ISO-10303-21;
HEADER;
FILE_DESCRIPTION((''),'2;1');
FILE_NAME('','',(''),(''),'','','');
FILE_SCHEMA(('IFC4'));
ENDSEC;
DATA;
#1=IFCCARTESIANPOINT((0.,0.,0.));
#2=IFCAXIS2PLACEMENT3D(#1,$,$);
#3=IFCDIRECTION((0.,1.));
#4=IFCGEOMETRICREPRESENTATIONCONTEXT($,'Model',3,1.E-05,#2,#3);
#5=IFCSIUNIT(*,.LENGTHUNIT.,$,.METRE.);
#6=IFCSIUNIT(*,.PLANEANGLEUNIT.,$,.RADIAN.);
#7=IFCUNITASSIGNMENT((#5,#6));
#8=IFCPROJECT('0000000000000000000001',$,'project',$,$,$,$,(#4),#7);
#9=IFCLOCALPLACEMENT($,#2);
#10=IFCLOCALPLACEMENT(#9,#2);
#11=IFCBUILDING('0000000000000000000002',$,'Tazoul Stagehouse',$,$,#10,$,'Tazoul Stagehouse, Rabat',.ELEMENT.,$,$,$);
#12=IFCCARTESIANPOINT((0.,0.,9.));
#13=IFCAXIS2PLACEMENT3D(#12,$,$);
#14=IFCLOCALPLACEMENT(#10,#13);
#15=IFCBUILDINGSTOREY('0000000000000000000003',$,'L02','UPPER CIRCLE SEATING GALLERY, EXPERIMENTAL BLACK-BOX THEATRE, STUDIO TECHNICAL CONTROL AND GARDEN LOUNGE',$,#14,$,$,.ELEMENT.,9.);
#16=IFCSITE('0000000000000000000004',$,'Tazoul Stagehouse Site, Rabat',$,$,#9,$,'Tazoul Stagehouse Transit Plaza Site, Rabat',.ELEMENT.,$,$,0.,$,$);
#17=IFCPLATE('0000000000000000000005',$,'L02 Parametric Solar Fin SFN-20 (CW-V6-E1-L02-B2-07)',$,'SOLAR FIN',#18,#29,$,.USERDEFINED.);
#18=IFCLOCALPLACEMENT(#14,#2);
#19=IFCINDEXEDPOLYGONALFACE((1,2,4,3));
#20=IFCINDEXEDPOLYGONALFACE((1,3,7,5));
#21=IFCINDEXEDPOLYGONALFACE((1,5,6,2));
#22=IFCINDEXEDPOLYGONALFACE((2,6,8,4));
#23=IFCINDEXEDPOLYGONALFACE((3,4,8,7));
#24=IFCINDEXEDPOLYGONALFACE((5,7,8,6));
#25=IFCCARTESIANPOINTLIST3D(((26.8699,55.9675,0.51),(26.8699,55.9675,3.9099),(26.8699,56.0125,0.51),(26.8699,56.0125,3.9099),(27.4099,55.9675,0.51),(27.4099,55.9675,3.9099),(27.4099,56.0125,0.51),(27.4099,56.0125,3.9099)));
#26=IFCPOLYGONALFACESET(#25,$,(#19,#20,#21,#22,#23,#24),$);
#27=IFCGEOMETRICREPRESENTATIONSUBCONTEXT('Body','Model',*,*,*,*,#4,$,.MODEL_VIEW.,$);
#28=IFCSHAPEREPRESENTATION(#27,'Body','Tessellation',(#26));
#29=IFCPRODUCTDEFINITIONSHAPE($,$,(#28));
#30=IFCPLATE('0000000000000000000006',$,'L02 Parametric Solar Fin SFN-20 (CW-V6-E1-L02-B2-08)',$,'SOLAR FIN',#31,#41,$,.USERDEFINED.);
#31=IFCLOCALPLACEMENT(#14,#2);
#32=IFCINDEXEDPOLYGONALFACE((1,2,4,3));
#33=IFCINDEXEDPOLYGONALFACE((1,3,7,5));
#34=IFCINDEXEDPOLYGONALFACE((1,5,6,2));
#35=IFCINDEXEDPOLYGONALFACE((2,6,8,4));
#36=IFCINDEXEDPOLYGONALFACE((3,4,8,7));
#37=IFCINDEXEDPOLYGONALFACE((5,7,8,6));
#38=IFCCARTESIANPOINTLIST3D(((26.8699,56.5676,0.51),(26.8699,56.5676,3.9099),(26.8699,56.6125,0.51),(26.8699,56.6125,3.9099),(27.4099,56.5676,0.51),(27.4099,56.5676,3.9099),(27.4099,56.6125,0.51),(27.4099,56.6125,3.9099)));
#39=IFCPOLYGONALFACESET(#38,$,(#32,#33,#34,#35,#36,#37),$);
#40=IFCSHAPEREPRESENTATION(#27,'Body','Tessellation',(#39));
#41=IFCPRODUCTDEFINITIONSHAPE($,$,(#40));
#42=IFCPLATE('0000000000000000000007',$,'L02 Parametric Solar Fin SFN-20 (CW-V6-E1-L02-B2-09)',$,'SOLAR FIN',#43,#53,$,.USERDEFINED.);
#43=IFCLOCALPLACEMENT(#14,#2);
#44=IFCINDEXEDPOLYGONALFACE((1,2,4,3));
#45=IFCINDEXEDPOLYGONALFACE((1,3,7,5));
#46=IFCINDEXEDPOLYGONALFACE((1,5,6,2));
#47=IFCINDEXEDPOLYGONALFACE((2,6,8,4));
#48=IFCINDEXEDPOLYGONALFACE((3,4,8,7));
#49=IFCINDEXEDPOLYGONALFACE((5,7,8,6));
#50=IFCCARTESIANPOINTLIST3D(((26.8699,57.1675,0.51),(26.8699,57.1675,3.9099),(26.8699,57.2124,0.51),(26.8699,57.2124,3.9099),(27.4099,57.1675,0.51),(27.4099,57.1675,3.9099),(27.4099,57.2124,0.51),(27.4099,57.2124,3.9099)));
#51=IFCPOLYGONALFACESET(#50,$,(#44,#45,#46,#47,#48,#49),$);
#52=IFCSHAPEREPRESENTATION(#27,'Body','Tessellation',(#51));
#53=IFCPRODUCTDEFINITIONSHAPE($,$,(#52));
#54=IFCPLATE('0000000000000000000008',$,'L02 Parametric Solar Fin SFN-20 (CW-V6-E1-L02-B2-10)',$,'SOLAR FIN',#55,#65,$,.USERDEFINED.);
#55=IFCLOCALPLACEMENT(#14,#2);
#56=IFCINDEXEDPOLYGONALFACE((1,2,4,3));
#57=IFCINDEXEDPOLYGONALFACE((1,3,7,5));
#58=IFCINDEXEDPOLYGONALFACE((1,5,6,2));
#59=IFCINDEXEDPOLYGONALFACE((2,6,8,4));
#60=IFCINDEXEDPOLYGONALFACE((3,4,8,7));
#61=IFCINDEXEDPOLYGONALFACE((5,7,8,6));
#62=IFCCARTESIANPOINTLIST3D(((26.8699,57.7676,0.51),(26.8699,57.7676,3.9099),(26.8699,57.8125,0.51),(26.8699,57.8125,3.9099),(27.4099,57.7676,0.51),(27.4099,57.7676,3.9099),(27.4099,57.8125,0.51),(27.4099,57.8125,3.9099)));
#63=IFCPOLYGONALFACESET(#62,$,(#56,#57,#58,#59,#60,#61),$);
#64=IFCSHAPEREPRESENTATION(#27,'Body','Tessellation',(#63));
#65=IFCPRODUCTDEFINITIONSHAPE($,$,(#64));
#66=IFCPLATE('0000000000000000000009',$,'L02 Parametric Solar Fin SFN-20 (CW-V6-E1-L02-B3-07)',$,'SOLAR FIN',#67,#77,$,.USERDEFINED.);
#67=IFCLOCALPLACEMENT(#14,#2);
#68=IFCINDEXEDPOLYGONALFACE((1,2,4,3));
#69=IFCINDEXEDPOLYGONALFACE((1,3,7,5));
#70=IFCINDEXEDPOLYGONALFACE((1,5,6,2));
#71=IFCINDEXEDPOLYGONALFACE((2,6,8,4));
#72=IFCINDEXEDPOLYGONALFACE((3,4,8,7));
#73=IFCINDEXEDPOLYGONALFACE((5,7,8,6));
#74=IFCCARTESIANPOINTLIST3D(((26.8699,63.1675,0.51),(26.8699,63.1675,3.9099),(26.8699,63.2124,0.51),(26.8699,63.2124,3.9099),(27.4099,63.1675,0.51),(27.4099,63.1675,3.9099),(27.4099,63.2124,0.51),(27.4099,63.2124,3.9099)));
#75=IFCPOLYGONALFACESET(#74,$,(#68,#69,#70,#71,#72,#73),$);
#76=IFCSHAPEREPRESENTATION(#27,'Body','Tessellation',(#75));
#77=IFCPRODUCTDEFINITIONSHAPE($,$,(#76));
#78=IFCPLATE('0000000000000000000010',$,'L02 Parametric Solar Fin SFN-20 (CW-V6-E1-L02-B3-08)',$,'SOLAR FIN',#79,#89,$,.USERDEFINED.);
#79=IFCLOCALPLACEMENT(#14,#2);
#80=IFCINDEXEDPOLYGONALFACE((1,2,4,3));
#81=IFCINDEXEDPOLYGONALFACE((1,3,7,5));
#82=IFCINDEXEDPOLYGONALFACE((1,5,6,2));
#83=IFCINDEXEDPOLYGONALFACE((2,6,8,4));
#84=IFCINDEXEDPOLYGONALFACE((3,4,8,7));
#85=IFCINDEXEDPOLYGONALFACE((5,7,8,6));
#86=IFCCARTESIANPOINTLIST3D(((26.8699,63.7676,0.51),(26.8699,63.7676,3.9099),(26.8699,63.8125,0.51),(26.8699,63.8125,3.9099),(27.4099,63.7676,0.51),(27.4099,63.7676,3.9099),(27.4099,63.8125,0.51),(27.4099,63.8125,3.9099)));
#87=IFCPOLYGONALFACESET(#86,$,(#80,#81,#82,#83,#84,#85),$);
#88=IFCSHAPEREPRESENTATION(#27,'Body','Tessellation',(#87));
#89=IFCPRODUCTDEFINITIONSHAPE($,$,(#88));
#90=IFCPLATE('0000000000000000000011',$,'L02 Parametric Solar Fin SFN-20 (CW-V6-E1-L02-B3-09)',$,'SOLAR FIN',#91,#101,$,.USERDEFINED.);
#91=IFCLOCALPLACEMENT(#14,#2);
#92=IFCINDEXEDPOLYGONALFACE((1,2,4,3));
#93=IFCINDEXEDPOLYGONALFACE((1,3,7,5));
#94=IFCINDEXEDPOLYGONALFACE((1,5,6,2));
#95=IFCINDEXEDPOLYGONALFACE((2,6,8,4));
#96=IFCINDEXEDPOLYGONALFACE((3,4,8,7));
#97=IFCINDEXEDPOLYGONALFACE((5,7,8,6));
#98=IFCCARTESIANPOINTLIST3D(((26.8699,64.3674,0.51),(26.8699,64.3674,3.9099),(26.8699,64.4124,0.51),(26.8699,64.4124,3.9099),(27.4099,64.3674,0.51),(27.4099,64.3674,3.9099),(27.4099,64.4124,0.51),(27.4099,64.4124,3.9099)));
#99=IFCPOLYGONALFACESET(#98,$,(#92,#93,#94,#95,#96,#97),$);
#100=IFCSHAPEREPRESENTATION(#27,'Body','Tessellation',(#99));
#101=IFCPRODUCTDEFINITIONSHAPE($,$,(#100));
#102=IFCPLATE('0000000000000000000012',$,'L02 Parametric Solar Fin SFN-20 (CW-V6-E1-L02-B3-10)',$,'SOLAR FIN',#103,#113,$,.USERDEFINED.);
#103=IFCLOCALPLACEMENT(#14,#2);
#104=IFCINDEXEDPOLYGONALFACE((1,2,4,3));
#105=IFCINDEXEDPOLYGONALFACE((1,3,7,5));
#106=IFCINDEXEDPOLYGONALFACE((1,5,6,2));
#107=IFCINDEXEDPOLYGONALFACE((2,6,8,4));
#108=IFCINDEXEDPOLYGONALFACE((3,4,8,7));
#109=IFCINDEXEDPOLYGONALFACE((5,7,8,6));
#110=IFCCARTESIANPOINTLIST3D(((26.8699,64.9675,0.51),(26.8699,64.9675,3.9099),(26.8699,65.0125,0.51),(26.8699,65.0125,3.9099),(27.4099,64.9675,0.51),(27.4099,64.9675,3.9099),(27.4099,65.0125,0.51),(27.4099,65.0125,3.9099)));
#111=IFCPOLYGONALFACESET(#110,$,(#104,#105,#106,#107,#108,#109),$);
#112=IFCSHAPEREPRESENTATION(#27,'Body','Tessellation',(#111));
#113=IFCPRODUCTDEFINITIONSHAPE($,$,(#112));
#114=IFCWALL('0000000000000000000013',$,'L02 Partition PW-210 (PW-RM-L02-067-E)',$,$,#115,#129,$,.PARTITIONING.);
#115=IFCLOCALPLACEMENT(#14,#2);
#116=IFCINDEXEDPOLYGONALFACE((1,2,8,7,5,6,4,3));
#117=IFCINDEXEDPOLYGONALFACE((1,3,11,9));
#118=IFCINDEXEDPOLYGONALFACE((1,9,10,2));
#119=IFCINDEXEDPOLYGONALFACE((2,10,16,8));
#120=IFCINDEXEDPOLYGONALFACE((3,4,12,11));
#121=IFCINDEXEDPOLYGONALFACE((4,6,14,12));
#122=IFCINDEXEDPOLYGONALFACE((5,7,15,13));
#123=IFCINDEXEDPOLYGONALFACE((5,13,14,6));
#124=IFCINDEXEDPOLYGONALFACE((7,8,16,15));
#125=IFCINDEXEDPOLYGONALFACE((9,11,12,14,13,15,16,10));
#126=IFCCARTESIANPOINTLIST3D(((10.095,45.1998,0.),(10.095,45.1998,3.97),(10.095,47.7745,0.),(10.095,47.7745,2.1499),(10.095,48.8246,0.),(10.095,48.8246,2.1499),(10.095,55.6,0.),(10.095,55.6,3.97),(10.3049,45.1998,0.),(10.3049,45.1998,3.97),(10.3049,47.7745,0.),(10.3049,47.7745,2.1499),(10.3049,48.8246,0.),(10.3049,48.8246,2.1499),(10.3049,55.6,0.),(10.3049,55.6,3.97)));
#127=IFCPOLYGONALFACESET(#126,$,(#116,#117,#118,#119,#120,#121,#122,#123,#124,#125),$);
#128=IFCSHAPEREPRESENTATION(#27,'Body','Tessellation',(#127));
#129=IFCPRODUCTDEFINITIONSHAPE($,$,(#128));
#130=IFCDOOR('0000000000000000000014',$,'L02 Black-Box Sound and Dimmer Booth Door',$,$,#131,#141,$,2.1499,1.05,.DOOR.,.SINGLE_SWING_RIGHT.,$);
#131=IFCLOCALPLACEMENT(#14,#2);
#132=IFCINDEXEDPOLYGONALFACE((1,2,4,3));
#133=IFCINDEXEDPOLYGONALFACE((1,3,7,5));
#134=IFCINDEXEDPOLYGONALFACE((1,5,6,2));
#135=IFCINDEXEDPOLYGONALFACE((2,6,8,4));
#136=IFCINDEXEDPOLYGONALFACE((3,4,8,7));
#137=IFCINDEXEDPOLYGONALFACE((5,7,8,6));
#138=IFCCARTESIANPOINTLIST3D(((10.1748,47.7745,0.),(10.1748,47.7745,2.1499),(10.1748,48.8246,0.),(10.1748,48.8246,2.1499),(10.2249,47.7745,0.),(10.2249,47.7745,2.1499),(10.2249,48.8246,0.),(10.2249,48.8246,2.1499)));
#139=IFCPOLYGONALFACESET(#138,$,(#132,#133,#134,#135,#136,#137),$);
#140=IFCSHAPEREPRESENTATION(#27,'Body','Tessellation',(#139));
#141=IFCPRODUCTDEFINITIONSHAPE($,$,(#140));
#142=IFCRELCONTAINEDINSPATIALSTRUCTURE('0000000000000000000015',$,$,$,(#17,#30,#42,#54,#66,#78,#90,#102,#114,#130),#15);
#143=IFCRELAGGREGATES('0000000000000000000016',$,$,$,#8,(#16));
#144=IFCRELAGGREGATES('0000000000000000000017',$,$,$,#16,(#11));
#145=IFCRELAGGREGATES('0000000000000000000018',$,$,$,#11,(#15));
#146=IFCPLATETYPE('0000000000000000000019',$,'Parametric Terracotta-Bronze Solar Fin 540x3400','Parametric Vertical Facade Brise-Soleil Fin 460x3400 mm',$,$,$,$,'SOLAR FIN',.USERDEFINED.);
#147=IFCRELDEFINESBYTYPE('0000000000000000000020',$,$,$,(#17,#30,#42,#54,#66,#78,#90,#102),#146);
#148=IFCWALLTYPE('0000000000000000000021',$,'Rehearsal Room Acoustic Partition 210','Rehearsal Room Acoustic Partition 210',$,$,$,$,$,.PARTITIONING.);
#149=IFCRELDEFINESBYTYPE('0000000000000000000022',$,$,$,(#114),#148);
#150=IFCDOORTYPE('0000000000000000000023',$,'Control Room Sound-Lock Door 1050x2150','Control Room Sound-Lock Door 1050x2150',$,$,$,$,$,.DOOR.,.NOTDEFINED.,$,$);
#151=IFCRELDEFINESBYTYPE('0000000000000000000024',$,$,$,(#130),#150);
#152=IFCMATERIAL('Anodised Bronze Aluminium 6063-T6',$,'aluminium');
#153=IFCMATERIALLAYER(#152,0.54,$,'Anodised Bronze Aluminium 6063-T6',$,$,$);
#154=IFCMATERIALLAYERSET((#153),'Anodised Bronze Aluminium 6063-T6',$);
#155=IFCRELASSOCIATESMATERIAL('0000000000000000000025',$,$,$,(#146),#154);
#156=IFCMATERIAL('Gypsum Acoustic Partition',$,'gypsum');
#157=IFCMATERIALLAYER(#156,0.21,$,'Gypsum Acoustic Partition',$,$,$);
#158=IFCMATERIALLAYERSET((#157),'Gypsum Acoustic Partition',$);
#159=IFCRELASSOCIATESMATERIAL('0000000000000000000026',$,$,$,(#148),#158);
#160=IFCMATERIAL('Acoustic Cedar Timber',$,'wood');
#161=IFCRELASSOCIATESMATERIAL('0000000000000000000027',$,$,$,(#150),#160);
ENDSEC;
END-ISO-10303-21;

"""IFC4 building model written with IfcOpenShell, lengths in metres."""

from ifc_helpers import new_model, si_unit, direction, frame, frame_2d, origin, origin_2d, place, context, subcontext, project, spatial, rectangle, extrude, material, layer, layer_set, type_object, element, fill, save


model = new_model("IFC4")

# Units and contexts
model_context = context("Model", 3, precision=1e-05, world=origin(), true_north=direction((0.0, 1.0)))
body_context = subcontext(model_context, "Body", "Model", "MODEL_VIEW")
ifc_project = project(units=[si_unit("LENGTHUNIT", "METRE"), si_unit("PLANEANGLEUNIT", "RADIAN")], contexts=[model_context])

# Site, building, storey
site_placement = place(None, origin())
site = spatial("IfcSite", under=ifc_project, at=site_placement, Name="Tazoul Stagehouse Site, Rabat", LongName="Tazoul Stagehouse Transit Plaza Site, Rabat", CompositionType="ELEMENT", RefElevation=0.0)
building_placement = place(site_placement, origin())
building = spatial("IfcBuilding", under=site, at=building_placement, Name="Tazoul Stagehouse", LongName="Tazoul Stagehouse, Rabat", CompositionType="ELEMENT")
storey_placement = place(building_placement, frame((0.0, 0.0, 9.0)))
storey = spatial("IfcBuildingStorey", under=building, at=storey_placement, Name="L02", Description="UPPER CIRCLE SEATING GALLERY, EXPERIMENTAL BLACK-BOX THEATRE, STUDIO TECHNICAL CONTROL AND GARDEN LOUNGE", CompositionType="ELEMENT", Elevation=9.0)

# Plates
ifc_material_1 = material(Name="Anodised Bronze Aluminium 6063-T6", Category="aluminium")
ifc_layer_1 = layer(ifc_material_1, 0.54, Name="Anodised Bronze Aluminium 6063-T6")
ifc_layer_set_1 = layer_set([ifc_layer_1], Name="Anodised Bronze Aluminium 6063-T6")
plate_type_1 = type_object("IfcPlateType", Name="Parametric Terracotta-Bronze Solar Fin 540x3400", Description="Parametric Vertical Facade Brise-Soleil Fin 460x3400 mm", ElementType="SOLAR FIN", PredefinedType="USERDEFINED", material=ifc_layer_set_1)
for number, where, z_axis, x_axis, name in (
    (1, (27.1399, 55.99, 0.51), (0.0, 0.0, 1.0), (0.0, 1.0, 0.0), "L02 Parametric Solar Fin SFN-20 (CW-V6-E1-L02-B2-07)"),
    (2, (27.1399, 56.5901, 0.51), (0.0, 0.0, 1.0), (0.0, 1.0, 0.0), "L02 Parametric Solar Fin SFN-20 (CW-V6-E1-L02-B2-08)"),
    (3, (27.1399, 57.1899, 0.51), (0.0, 0.0, 1.0), (0.0, 1.0, 0.0), "L02 Parametric Solar Fin SFN-20 (CW-V6-E1-L02-B2-09)"),
    (4, (27.1399, 57.79, 0.51), (0.0, 0.0, 1.0), (0.0, 1.0, 0.0), "L02 Parametric Solar Fin SFN-20 (CW-V6-E1-L02-B2-10)"),
    (5, (27.1399, 63.1899, 0.51), (0.0, 0.0, 1.0), (0.0, 1.0, 0.0), "L02 Parametric Solar Fin SFN-20 (CW-V6-E1-L02-B3-07)"),
    (6, (27.1399, 63.79, 0.51), (0.0, 0.0, 1.0), (0.0, 1.0, 0.0), "L02 Parametric Solar Fin SFN-20 (CW-V6-E1-L02-B3-08)"),
    (7, (27.1399, 64.3899, 0.51), (0.0, 0.0, 1.0), (0.0, 1.0, 0.0), "L02 Parametric Solar Fin SFN-20 (CW-V6-E1-L02-B3-09)"),
    (8, (27.1399, 64.99, 0.51), (0.0, 0.0, 1.0), (0.0, 1.0, 0.0), "L02 Parametric Solar Fin SFN-20 (CW-V6-E1-L02-B3-10)"),
):
    element("IfcPlate", number, at=place(storey_placement, frame(where, z_axis=z_axis, x_axis=x_axis)), inside=storey, type_object=plate_type_1, Name=name, ObjectType="SOLAR FIN", PredefinedType="USERDEFINED", context=body_context, shape_type="SweptSolid", body=[
        extrude(rectangle(XDim=0.0449, YDim=0.54, at=origin_2d()), origin(), (0.0, 0.0, 1.0), 3.3999),
    ])

# Wall, opening, door
ifc_material_2 = material(Name="Gypsum Acoustic Partition", Category="gypsum")
ifc_layer_2 = layer(ifc_material_2, 0.21, Name="Gypsum Acoustic Partition")
ifc_layer_set_2 = layer_set([ifc_layer_2], Name="Gypsum Acoustic Partition")
wall_type = type_object("IfcWallType", Name="Rehearsal Room Acoustic Partition 210", Description="Rehearsal Room Acoustic Partition 210", PredefinedType="PARTITIONING", material=ifc_layer_set_2)
wall_placement = place(storey_placement, frame((10.2, 55.6001, 0.0), z_axis=(0.0, 0.0, 1.0), x_axis=(0.0, -1.0, 0.0)))
wall = element("IfcWall", 9, at=wall_placement, inside=storey, type_object=wall_type, Name="L02 Partition PW-210 (PW-RM-L02-067-E)", PredefinedType="PARTITIONING", context=body_context, shape_type="SweptSolid", body=[
    extrude(rectangle(XDim=10.4001, YDim=0.21, at=frame_2d((5.2002, 0.0))), origin(), (0.0, 0.0, 1.0), 3.97),
])
opening_placement = place(wall_placement, frame((6.7756, 0.0, 0.0)))
opening = element("IfcOpeningElement", 10, at=opening_placement, cuts=wall, PredefinedType="OPENING", context=body_context, shape_type="SweptSolid", body=[
    extrude(rectangle(XDim=1.05, YDim=2.1499, at=frame_2d((0.5249, 1.075))), frame((0.0, 0.125, 0.0), z_axis=(0.0, -1.0, 0.0), x_axis=(1.0, 0.0, 0.0)), (0.0, 0.0, 1.0), 0.25),
])
ifc_material_3 = material(Name="Acoustic Cedar Timber", Category="wood")
door_type = type_object("IfcDoorType", Name="Control Room Sound-Lock Door 1050x2150", Description="Control Room Sound-Lock Door 1050x2150", OperationType="NOTDEFINED", PredefinedType="DOOR", material=ifc_material_3)
door_placement = place(opening_placement, origin())
door = element("IfcDoor", 11, at=door_placement, inside=storey, type_object=door_type, Name="L02 Black-Box Sound and Dimmer Booth Door", OperationType="SINGLE_SWING_RIGHT", OverallHeight=2.1499, OverallWidth=1.05, PredefinedType="DOOR", context=body_context, shape_type="SweptSolid", body=[
    extrude(rectangle(XDim=1.05, YDim=2.1499, at=frame_2d((0.5249, 1.075))), frame((0.0, 0.0249, 0.0), z_axis=(0.0, -1.0, 0.0), x_axis=(1.0, 0.0, 0.0)), (0.0, 0.0, 1.0), 0.05),
])
fill(opening, door)

save(model, "model.ifc")
